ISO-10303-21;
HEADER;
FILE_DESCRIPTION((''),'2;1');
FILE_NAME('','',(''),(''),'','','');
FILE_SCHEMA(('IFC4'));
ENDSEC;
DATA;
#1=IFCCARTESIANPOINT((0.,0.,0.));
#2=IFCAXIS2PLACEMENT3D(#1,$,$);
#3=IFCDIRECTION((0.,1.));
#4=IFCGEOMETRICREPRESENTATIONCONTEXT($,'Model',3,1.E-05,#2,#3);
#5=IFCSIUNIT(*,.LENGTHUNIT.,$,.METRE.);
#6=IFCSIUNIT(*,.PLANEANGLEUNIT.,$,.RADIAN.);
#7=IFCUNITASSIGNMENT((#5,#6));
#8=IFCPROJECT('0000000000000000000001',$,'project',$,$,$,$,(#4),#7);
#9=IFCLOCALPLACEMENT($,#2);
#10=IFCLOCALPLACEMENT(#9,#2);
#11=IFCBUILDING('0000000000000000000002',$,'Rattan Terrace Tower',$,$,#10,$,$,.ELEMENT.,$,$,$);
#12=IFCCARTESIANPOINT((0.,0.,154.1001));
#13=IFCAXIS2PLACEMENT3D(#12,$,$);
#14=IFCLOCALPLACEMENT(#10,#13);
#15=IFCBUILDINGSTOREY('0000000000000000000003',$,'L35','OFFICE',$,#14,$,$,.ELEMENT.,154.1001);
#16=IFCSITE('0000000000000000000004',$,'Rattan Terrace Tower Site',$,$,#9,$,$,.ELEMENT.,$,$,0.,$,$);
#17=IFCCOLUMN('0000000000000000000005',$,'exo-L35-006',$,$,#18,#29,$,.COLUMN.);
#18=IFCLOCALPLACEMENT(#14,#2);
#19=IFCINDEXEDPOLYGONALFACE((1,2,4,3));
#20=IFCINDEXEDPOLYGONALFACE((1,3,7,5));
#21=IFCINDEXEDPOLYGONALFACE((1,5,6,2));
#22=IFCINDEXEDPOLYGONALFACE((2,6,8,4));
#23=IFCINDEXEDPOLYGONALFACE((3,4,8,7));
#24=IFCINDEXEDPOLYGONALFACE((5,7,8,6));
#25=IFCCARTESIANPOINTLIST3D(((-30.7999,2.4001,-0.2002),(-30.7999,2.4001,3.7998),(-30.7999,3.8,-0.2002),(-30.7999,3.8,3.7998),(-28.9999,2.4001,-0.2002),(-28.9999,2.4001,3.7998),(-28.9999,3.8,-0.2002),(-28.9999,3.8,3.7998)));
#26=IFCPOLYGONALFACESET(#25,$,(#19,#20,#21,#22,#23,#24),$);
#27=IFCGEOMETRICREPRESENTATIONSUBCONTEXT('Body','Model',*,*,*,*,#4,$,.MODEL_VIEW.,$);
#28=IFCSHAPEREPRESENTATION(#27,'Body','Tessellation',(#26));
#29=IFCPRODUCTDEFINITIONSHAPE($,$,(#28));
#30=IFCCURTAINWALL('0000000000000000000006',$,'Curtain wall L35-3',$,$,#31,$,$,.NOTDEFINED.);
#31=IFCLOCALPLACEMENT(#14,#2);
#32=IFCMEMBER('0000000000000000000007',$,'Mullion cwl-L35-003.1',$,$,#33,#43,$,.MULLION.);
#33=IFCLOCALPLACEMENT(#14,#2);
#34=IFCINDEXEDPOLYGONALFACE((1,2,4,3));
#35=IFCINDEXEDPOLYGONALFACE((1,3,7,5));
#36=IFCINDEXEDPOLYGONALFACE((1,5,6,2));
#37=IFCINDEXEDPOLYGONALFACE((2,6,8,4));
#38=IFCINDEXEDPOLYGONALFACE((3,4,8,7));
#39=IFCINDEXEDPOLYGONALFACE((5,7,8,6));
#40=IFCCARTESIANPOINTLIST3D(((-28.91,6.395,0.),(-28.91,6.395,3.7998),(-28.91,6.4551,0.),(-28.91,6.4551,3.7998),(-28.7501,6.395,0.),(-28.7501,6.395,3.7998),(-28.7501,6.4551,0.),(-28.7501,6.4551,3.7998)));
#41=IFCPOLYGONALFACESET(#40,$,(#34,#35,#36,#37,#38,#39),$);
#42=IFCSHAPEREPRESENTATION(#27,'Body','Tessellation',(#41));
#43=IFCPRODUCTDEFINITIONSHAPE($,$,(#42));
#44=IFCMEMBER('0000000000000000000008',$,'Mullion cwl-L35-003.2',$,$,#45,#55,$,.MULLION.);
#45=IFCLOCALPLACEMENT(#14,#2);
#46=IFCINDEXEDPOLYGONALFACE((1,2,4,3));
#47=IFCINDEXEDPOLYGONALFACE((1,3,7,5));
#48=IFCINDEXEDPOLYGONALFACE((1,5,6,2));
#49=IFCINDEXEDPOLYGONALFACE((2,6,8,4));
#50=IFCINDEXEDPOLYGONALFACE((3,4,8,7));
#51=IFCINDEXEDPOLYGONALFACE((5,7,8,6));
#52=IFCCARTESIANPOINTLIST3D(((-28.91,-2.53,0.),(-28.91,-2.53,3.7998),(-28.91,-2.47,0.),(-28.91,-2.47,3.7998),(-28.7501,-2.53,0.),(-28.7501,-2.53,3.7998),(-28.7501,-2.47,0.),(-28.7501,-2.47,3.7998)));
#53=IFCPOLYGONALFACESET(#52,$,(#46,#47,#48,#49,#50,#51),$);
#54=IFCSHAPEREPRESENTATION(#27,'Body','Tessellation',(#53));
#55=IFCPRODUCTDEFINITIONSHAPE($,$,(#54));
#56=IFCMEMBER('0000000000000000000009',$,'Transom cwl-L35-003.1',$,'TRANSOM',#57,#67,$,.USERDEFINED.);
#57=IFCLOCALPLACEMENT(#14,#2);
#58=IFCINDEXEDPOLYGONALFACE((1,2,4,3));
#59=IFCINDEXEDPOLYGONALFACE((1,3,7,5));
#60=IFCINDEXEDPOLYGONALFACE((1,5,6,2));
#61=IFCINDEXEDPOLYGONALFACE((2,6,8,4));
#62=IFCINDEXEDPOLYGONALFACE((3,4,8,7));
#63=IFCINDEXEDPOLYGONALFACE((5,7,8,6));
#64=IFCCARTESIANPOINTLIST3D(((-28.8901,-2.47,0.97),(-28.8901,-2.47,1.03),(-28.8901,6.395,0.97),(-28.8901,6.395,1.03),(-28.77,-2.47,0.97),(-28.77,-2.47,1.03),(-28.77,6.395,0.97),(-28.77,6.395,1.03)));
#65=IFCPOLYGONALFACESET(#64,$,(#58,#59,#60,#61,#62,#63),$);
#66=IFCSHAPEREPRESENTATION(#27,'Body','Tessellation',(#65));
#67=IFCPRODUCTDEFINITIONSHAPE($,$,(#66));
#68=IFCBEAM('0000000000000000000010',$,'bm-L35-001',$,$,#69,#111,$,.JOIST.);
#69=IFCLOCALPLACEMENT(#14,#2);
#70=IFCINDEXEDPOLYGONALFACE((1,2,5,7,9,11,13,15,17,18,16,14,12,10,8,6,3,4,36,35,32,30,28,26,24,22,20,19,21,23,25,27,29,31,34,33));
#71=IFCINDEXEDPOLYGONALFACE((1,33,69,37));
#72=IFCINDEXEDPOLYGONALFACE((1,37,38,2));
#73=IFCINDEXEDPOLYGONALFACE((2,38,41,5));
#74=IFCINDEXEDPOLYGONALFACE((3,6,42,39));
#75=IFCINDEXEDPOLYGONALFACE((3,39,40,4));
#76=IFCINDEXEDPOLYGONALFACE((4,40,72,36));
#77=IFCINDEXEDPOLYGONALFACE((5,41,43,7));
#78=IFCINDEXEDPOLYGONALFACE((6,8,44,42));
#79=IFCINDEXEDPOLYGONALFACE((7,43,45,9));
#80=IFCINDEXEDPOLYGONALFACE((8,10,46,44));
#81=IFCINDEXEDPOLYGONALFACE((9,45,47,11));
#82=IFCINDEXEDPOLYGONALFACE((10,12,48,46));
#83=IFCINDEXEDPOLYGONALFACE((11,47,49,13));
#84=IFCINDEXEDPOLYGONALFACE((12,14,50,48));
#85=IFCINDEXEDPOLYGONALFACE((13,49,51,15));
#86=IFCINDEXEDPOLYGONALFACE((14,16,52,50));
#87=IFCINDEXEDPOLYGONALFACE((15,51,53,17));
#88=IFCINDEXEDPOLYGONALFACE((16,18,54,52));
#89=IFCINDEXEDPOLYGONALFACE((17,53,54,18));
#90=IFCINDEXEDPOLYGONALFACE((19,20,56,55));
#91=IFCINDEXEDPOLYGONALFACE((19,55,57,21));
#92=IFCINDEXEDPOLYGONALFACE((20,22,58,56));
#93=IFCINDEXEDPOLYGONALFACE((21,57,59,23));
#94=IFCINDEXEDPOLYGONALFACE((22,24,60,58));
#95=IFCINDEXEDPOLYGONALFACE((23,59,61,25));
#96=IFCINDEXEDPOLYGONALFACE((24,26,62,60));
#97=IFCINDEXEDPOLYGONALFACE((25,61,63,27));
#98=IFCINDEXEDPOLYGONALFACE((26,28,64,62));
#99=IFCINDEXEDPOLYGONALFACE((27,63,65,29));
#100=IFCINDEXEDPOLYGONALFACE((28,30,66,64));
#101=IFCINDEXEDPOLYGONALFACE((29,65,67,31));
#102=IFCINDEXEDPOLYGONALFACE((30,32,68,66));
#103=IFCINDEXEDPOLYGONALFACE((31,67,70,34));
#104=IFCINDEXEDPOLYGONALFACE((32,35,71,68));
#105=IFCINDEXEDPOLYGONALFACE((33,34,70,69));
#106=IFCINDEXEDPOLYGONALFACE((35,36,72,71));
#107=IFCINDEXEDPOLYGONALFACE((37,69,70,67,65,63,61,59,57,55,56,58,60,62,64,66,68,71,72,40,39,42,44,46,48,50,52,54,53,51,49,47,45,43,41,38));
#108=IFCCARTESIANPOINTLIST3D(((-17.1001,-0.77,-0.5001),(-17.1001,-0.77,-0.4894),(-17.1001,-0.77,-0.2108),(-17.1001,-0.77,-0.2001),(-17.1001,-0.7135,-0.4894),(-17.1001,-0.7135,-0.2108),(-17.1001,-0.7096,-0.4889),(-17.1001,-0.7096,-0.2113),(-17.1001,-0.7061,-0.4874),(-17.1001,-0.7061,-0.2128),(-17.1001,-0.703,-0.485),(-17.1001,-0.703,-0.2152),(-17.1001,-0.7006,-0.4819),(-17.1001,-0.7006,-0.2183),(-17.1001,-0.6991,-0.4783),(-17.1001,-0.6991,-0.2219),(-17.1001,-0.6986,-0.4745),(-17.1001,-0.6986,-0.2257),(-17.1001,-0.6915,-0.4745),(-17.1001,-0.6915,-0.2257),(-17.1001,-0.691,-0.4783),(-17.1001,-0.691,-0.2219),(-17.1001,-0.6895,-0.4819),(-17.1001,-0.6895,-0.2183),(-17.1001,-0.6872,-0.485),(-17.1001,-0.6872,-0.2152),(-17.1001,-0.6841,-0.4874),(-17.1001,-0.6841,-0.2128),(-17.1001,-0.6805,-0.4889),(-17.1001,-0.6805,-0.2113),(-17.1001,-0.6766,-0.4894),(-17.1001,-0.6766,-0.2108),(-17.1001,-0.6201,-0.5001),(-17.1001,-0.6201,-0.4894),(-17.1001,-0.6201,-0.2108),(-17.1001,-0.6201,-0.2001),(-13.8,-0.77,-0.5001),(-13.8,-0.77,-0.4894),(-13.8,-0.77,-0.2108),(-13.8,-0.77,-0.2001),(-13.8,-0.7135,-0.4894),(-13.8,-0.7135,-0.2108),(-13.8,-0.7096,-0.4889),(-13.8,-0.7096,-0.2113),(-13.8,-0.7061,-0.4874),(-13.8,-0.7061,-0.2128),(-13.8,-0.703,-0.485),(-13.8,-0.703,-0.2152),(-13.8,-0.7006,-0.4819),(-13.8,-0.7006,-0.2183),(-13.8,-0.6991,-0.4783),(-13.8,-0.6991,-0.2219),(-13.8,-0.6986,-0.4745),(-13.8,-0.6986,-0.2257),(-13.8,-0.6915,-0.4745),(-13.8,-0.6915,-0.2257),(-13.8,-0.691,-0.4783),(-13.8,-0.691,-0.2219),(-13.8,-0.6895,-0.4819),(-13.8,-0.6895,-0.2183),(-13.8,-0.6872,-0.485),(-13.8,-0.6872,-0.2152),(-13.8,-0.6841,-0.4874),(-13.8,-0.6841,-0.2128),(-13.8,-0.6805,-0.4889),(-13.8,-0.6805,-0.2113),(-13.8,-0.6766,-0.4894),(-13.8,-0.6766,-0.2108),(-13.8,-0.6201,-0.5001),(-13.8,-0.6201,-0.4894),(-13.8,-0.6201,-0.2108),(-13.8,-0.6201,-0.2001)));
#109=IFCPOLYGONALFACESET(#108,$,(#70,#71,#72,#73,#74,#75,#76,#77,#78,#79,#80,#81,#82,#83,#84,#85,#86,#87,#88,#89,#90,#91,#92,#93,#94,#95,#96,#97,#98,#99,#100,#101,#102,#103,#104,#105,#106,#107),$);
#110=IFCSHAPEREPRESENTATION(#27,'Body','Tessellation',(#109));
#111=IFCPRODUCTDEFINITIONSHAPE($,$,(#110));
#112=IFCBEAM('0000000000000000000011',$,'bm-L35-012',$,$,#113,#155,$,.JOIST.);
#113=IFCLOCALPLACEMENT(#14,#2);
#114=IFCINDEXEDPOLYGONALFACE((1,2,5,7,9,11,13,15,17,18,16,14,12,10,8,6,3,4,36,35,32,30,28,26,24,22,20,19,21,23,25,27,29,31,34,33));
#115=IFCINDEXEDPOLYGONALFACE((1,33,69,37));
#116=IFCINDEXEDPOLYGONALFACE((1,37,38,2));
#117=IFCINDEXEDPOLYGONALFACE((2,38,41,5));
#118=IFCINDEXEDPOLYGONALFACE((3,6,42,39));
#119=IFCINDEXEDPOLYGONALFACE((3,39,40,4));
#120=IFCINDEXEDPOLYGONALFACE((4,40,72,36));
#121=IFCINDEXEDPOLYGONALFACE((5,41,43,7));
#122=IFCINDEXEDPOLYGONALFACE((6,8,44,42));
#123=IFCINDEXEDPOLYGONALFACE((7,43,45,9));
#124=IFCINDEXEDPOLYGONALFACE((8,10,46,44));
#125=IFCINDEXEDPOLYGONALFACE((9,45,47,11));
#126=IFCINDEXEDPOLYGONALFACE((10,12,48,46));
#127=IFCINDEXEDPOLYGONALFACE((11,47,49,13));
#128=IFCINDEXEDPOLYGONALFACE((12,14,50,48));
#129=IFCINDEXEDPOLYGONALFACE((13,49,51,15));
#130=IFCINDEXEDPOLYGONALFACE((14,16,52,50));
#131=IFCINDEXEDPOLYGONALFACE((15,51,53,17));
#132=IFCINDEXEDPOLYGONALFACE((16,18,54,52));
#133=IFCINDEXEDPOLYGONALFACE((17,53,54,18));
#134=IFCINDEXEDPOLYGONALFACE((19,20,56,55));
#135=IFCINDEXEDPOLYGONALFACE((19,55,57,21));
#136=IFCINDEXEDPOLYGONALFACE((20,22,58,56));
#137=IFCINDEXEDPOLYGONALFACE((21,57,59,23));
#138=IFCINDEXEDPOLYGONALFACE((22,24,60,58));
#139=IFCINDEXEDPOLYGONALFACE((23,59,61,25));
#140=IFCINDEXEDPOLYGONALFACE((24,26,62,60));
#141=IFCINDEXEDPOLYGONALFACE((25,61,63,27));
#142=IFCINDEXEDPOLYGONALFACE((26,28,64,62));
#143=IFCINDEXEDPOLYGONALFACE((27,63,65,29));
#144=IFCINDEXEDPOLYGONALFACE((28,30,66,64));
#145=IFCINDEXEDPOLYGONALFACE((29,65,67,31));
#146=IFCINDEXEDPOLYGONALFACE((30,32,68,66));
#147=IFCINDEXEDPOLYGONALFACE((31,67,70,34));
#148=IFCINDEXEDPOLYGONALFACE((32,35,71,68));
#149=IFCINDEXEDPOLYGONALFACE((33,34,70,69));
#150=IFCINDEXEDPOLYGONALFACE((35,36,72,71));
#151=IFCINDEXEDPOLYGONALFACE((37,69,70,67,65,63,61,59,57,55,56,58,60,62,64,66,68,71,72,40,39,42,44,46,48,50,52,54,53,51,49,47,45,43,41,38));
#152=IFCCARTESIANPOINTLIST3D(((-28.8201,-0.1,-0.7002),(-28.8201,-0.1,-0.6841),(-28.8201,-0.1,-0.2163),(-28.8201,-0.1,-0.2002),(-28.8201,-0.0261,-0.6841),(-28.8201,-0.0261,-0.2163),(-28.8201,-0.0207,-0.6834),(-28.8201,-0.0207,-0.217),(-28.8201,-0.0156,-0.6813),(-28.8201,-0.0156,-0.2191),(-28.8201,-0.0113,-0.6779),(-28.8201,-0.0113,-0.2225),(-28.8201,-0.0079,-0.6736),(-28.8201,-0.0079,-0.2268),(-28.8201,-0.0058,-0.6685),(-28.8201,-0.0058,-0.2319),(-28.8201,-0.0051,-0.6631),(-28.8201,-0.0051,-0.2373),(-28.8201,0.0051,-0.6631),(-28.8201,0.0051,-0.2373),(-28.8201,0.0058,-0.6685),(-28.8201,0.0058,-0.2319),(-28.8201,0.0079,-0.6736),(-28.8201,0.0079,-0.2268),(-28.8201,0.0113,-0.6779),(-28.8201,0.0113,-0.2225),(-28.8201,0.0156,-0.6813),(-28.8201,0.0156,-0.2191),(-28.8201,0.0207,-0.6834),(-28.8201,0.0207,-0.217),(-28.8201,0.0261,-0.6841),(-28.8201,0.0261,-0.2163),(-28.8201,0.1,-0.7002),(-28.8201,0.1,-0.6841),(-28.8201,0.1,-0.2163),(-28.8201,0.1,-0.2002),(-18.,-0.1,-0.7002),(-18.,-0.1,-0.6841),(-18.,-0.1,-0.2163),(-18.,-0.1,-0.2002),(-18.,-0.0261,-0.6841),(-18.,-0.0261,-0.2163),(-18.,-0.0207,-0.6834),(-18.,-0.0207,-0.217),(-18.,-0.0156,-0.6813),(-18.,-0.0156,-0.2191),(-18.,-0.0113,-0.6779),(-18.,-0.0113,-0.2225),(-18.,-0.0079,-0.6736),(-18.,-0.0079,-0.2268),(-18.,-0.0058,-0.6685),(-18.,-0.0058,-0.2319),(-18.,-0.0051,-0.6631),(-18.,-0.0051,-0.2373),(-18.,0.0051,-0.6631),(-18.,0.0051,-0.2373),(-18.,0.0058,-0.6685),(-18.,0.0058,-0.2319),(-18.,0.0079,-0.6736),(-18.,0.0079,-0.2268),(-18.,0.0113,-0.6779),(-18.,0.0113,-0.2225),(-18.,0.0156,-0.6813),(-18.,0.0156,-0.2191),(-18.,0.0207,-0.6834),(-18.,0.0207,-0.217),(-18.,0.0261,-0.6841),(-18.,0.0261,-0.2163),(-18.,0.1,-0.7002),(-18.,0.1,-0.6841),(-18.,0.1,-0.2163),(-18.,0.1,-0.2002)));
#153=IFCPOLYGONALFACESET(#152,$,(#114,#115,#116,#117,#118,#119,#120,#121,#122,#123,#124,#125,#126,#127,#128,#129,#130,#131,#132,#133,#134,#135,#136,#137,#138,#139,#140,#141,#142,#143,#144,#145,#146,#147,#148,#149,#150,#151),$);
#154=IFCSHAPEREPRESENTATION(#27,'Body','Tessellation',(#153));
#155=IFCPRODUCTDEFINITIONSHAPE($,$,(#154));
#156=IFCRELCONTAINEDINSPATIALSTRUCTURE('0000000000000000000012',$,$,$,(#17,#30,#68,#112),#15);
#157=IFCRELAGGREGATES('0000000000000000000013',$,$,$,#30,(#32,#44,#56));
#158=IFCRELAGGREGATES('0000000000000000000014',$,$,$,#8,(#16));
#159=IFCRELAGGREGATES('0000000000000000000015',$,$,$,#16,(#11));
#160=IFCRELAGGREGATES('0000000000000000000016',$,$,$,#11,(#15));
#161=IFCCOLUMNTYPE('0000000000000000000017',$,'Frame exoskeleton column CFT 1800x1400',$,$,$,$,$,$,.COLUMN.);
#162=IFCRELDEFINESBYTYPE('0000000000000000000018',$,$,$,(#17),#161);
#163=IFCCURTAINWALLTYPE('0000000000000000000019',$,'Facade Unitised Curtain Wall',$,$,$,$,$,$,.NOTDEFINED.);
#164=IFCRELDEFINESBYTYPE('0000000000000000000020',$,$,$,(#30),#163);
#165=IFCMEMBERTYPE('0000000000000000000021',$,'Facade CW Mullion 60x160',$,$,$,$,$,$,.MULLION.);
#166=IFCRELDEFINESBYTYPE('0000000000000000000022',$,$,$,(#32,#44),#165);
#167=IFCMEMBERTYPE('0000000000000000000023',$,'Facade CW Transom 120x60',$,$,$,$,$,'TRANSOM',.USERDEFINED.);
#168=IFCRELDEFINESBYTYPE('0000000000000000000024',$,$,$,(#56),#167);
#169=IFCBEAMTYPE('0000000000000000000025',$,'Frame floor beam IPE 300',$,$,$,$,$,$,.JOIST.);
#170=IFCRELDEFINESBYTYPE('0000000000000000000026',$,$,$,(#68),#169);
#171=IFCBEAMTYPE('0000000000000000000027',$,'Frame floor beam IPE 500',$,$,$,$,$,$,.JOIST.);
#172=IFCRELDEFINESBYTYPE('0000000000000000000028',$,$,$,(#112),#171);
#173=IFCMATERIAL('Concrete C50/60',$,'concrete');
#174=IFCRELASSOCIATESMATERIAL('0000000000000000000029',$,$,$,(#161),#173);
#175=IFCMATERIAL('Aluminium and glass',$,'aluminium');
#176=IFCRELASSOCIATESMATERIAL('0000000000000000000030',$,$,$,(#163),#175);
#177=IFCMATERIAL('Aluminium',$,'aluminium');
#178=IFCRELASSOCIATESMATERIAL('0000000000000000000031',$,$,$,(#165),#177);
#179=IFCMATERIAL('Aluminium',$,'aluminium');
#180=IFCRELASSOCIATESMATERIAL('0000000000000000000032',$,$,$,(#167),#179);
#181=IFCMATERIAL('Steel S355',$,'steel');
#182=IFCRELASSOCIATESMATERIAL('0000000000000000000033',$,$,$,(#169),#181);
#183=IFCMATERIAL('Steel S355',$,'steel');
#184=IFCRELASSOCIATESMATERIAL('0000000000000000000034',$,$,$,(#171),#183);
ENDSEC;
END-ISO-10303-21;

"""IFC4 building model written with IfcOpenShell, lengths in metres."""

from ifc_helpers import new_model, si_unit, direction, frame, origin, origin_2d, place, context, subcontext, project, spatial, rectangle, i_section, extrude, material, material_profile, profile_set, type_object, element, aggregate, save


model = new_model("IFC4")

# Units and contexts
model_context = context("Model", 3, precision=1e-05, world=origin(), true_north=direction((0.0, 1.0)))
body_context = subcontext(model_context, "Body", "Model", "MODEL_VIEW")
ifc_project = project(units=[si_unit("LENGTHUNIT", "METRE"), si_unit("PLANEANGLEUNIT", "RADIAN")], contexts=[model_context])

# Site, building, storey
site_placement = place(None, origin())
site = spatial("IfcSite", under=ifc_project, at=site_placement, Name="Rattan Terrace Tower Site", CompositionType="ELEMENT", RefElevation=0.0)
building_placement = place(site_placement, origin())
building = spatial("IfcBuilding", under=site, at=building_placement, Name="Rattan Terrace Tower", CompositionType="ELEMENT")
storey_placement = place(building_placement, frame((0.0, 0.0, 154.1001)))
storey = spatial("IfcBuildingStorey", under=building, at=storey_placement, Name="L35", Description="OFFICE", CompositionType="ELEMENT", Elevation=154.1001)

# Column
ifc_material_1 = material(Name="Concrete C50/60", Category="concrete")
ifc_material_profile_1 = material_profile(ifc_material_1, rectangle(XDim=1.3999, YDim=1.8, at=origin_2d()), Name="CFT 1800x1400")
ifc_profile_set_1 = profile_set([ifc_material_profile_1], Name="Concrete C50/60")
column_type = type_object("IfcColumnType", Name="Frame exoskeleton column CFT 1800x1400", PredefinedType="COLUMN", material=ifc_profile_set_1)
column_placement = place(storey_placement, frame((-29.8999, 3.1001, -0.2002), z_axis=(0.0, 0.0, 1.0), x_axis=(0.0, 1.0, 0.0)))
element("IfcColumn", 1, at=column_placement, inside=storey, type_object=column_type, Name="exo-L35-006", PredefinedType="COLUMN", context=body_context, shape_type="SweptSolid", body=[
    extrude(rectangle(XDim=1.3999, YDim=1.8, at=origin_2d()), origin(), (0.0, 0.0, 1.0), 4.0),
])

# Curtain wall, members
ifc_material_2 = material(Name="Aluminium and glass", Category="aluminium")
curtain_wall_type = type_object("IfcCurtainWallType", Name="Facade Unitised Curtain Wall", PredefinedType="NOTDEFINED", material=ifc_material_2)
curtain_wall_placement = place(storey_placement, origin())
curtain_wall = element("IfcCurtainWall", 2, at=curtain_wall_placement, inside=storey, type_object=curtain_wall_type, Name="Curtain wall L35-3", PredefinedType="NOTDEFINED")
ifc_material_3 = material(Name="Aluminium", Category="aluminium")
ifc_material_profile_2 = material_profile(ifc_material_3, rectangle(XDim=0.0601, YDim=0.1599, at=origin_2d()), Name="Aluminium 60x160")
ifc_profile_set_2 = profile_set([ifc_material_profile_2], Name="Aluminium")
member_type_1 = type_object("IfcMemberType", Name="Facade CW Mullion 60x160", PredefinedType="MULLION", material=ifc_profile_set_2)
member_1_placement = place(storey_placement, frame((-28.8301, 6.425, 0.0), z_axis=(0.0, 0.0, 1.0), x_axis=(0.0, -1.0, 0.0)))
member_1 = element("IfcMember", 3, at=member_1_placement, type_object=member_type_1, Name="Mullion cwl-L35-003.1", PredefinedType="MULLION", context=body_context, shape_type="SweptSolid", body=[
    extrude(rectangle(XDim=0.0601, YDim=0.1599, at=origin_2d()), origin(), (0.0, 0.0, 1.0), 3.7998),
])
member_2_placement = place(storey_placement, frame((-28.8301, -2.5, 0.0), z_axis=(0.0, 0.0, 1.0), x_axis=(0.0, -1.0, 0.0)))
member_2 = element("IfcMember", 4, at=member_2_placement, type_object=member_type_1, Name="Mullion cwl-L35-003.2", PredefinedType="MULLION", context=body_context, shape_type="SweptSolid", body=[
    extrude(rectangle(XDim=0.0601, YDim=0.1599, at=origin_2d()), origin(), (0.0, 0.0, 1.0), 3.7998),
])
ifc_material_4 = material(Name="Aluminium", Category="aluminium")
ifc_material_profile_3 = material_profile(ifc_material_4, rectangle(XDim=0.1201, YDim=0.0601, at=origin_2d()), Name="Aluminium 120x60")
ifc_profile_set_3 = profile_set([ifc_material_profile_3], Name="Aluminium")
member_type_2 = type_object("IfcMemberType", Name="Facade CW Transom 120x60", ElementType="TRANSOM", PredefinedType="USERDEFINED", material=ifc_profile_set_3)
member_3_placement = place(storey_placement, frame((-28.8301, 6.395, 1.0), z_axis=(0.0, -1.0, 0.0), x_axis=(1.0, 0.0, 0.0)))
member_3 = element("IfcMember", 5, at=member_3_placement, type_object=member_type_2, Name="Transom cwl-L35-003.1", ObjectType="TRANSOM", PredefinedType="USERDEFINED", context=body_context, shape_type="SweptSolid", body=[
    extrude(rectangle(XDim=0.1201, YDim=0.0601, at=origin_2d()), origin(), (0.0, 0.0, 1.0), 8.865),
])

# Beams
ifc_material_5 = material(Name="Steel S355", Category="steel")
ifc_material_profile_4 = material_profile(ifc_material_5, i_section(OverallWidth=0.1499, OverallDepth=0.3, WebThickness=0.0071, FlangeThickness=0.0107, FilletRadius=0.0149, at=origin_2d()), Name="IPE 300")
ifc_profile_set_4 = profile_set([ifc_material_profile_4], Name="Steel S355")
beam_type_1 = type_object("IfcBeamType", Name="Frame floor beam IPE 300", PredefinedType="JOIST", material=ifc_profile_set_4)
beam_placement = place(storey_placement, frame((-17.1001, -0.6951, -0.3501), z_axis=(1.0, 0.0, 0.0), x_axis=(0.0, 1.0, 0.0)))
element("IfcBeam", 6, at=beam_placement, inside=storey, type_object=beam_type_1, Name="bm-L35-001", PredefinedType="JOIST", context=body_context, shape_type="SweptSolid", body=[
    extrude(i_section(OverallWidth=0.1499, OverallDepth=0.3, WebThickness=0.0071, FlangeThickness=0.0107, FilletRadius=0.0149, at=origin_2d()), origin(), (0.0, 0.0, 1.0), 3.3),
])
ifc_material_6 = material(Name="Steel S355", Category="steel")
ifc_material_profile_5 = material_profile(ifc_material_6, i_section(OverallWidth=0.2, OverallDepth=0.5, WebThickness=0.0103, FlangeThickness=0.0161, FilletRadius=0.021, at=origin_2d()), Name="IPE 500")
ifc_profile_set_5 = profile_set([ifc_material_profile_5], Name="Steel S355")
beam_type_2 = type_object("IfcBeamType", Name="Frame floor beam IPE 500", PredefinedType="JOIST", material=ifc_profile_set_5)
for number, where, z_axis, x_axis, name in (
    (7, (-28.8201, 0.0, -0.4502), (1.0, 0.0, 0.0), (0.0, 1.0, 0.0), "bm-L35-012"),
):
    element("IfcBeam", number, at=place(storey_placement, frame(where, z_axis=z_axis, x_axis=x_axis)), inside=storey, type_object=beam_type_2, Name=name, PredefinedType="JOIST", context=body_context, shape_type="SweptSolid", body=[
        extrude(i_section(OverallWidth=0.2, OverallDepth=0.5, WebThickness=0.0103, FlangeThickness=0.0161, FilletRadius=0.021, at=origin_2d()), origin(), (0.0, 0.0, 1.0), 10.8201),
    ])

aggregate(curtain_wall, [member_1, member_2, member_3])

save(model, "model.ifc")
